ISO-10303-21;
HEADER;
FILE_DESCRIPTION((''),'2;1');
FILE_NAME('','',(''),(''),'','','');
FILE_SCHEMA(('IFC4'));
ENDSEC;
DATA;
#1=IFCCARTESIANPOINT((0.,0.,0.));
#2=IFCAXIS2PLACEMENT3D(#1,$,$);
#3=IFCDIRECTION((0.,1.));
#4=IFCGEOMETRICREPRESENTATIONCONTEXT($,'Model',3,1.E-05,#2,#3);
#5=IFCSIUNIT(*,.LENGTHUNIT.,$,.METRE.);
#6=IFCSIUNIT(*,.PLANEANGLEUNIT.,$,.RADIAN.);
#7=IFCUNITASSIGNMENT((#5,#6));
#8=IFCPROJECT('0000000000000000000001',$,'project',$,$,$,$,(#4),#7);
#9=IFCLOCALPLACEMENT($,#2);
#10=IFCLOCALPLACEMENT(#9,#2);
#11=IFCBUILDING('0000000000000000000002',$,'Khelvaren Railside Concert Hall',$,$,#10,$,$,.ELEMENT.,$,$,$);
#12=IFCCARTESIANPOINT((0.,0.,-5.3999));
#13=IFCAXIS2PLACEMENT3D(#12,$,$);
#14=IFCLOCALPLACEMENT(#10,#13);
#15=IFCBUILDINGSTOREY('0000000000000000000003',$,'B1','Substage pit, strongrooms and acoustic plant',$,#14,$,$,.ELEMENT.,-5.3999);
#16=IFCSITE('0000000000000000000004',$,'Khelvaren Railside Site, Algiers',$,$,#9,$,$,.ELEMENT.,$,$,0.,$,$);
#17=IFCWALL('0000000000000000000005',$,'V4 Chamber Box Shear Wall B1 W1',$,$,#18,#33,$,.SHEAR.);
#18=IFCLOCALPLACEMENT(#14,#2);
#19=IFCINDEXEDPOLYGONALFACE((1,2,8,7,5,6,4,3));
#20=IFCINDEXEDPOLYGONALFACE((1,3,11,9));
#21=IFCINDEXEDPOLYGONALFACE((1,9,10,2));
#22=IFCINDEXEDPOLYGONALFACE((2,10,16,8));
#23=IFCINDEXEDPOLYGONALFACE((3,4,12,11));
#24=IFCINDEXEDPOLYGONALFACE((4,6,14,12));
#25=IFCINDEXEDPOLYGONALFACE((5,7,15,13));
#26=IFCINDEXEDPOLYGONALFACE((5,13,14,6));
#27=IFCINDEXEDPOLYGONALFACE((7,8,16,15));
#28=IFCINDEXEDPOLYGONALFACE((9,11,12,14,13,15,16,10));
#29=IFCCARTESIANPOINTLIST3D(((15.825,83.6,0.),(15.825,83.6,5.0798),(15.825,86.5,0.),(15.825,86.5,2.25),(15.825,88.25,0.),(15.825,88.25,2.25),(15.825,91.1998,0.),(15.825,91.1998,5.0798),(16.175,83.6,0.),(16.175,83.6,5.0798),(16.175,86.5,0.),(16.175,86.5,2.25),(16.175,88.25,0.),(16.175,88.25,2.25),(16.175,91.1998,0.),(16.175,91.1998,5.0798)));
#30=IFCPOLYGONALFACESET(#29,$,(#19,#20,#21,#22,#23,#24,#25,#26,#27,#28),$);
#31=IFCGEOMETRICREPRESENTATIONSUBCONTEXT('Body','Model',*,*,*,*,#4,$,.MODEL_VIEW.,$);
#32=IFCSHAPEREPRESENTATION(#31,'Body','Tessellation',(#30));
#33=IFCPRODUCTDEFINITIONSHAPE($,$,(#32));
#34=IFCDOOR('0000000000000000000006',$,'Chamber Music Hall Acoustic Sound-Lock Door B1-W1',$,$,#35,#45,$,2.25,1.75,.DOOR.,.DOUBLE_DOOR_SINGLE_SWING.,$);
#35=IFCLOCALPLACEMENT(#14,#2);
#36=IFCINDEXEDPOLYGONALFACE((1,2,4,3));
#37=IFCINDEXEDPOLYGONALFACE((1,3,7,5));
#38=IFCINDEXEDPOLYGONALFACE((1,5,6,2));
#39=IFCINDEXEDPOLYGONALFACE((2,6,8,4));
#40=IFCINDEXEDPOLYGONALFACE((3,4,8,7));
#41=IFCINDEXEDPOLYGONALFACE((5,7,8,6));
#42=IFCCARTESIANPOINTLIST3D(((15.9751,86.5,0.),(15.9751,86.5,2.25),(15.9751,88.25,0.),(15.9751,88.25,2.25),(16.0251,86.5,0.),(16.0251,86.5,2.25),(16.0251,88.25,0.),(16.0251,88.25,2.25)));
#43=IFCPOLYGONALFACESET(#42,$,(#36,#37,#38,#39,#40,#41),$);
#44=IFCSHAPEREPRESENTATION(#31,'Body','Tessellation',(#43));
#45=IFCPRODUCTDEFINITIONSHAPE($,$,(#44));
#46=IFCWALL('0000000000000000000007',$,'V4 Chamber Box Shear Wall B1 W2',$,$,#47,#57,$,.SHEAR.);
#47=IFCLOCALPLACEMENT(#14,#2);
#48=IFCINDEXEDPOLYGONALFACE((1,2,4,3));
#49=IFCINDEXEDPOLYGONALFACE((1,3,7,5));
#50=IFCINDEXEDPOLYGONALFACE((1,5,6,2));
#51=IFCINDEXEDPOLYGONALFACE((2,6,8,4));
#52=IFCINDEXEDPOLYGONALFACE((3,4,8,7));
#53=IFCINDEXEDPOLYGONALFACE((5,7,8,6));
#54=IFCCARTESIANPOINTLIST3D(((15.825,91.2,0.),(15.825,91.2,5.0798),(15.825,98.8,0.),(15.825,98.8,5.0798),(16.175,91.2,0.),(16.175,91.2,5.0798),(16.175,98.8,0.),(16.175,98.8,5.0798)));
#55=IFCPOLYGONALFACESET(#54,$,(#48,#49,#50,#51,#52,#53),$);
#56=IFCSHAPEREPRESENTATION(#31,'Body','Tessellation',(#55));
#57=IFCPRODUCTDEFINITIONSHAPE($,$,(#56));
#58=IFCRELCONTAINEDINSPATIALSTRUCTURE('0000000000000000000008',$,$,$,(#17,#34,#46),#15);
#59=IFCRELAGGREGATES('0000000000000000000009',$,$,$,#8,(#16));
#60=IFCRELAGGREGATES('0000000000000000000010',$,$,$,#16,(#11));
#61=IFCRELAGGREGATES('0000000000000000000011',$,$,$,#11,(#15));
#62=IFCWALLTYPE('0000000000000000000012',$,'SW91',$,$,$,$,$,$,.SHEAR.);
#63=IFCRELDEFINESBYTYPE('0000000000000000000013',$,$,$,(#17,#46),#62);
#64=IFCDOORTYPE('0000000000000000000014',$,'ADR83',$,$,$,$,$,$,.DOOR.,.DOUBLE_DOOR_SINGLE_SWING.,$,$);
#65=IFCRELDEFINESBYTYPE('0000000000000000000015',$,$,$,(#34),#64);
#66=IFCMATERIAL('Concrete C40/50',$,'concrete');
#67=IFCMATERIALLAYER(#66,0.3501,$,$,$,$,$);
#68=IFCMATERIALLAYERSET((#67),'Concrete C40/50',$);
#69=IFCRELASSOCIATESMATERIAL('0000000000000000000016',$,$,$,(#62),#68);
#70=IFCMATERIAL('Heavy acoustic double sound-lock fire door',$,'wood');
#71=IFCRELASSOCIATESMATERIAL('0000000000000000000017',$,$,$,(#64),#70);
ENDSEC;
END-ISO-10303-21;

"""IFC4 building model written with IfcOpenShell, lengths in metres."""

from ifc_helpers import new_model, si_unit, direction, frame, frame_2d, origin, place, context, subcontext, project, spatial, rectangle, extrude, material, layer, layer_set, type_object, element, fill, save


model = new_model("IFC4")

# Units and contexts
model_context = context("Model", 3, precision=1e-05, world=origin(), true_north=direction((0.0, 1.0)))
body_context = subcontext(model_context, "Body", "Model", "MODEL_VIEW")
ifc_project = project(units=[si_unit("LENGTHUNIT", "METRE"), si_unit("PLANEANGLEUNIT", "RADIAN")], contexts=[model_context])

# Site, building, storey
site_placement = place(None, origin())
site = spatial("IfcSite", under=ifc_project, at=site_placement, Name="Khelvaren Railside Site, Algiers", CompositionType="ELEMENT", RefElevation=0.0)
building_placement = place(site_placement, origin())
building = spatial("IfcBuilding", under=site, at=building_placement, Name="Khelvaren Railside Concert Hall", CompositionType="ELEMENT")
storey_placement = place(building_placement, frame((0.0, 0.0, -5.3999)))
storey = spatial("IfcBuildingStorey", under=building, at=storey_placement, Name="B1", Description="Substage pit, strongrooms and acoustic plant", CompositionType="ELEMENT", Elevation=-5.3999)

# Shared definitions
ifc_material_1 = material(Name="Concrete C40/50", Category="concrete")

# Shared definitions
ifc_layer_1 = layer(ifc_material_1, 0.3501)
ifc_layer_set_1 = layer_set([ifc_layer_1], Name="Concrete C40/50")
wall_type_1 = type_object("IfcWallType", Name="SW91", PredefinedType="SHEAR", material=ifc_layer_set_1)
ifc_material_2 = material(Name="Heavy acoustic double sound-lock fire door", Category="wood")
door_type = type_object("IfcDoorType", Name="ADR83", OperationType="DOUBLE_DOOR_SINGLE_SWING", PredefinedType="DOOR", material=ifc_material_2)

# Wall, opening, door
wall_1_placement = place(storey_placement, frame((16.0, 83.6001, 0.0), z_axis=(0.0, 0.0, 1.0), x_axis=(0.0, 1.0, 0.0)))
wall_1 = element("IfcWall", 1, at=wall_1_placement, inside=storey, type_object=wall_type_1, Name="V4 Chamber Box Shear Wall B1 W1", PredefinedType="SHEAR", context=body_context, shape_type="SweptSolid", body=[
    extrude(rectangle(XDim=7.5999, YDim=0.3501, at=frame_2d((3.7998, 0.0))), origin(), (0.0, 0.0, 1.0), 5.0798),
])
opening_1_placement = place(wall_1_placement, frame((2.8999, 0.0, 0.0)))
opening_1 = element("IfcOpeningElement", 2, at=opening_1_placement, cuts=wall_1, PredefinedType="OPENING", context=body_context, shape_type="SweptSolid", body=[
    extrude(rectangle(XDim=1.75, YDim=2.25, at=frame_2d((0.875, 1.125))), frame((0.0, 0.1851, 0.0), z_axis=(0.0, -1.0, 0.0), x_axis=(1.0, 0.0, 0.0)), (0.0, 0.0, 1.0), 0.3701),
])
door_1_placement = place(opening_1_placement, origin())
door_1 = element("IfcDoor", 3, at=door_1_placement, inside=storey, type_object=door_type, Name="Chamber Music Hall Acoustic Sound-Lock Door B1-W1", OperationType="DOUBLE_DOOR_SINGLE_SWING", OverallHeight=2.25, OverallWidth=1.75, PredefinedType="DOOR", context=body_context, shape_type="SweptSolid", body=[
    extrude(rectangle(XDim=1.75, YDim=2.25, at=frame_2d((0.875, 1.125))), frame((0.0, 0.0249, 0.0), z_axis=(0.0, -1.0, 0.0), x_axis=(1.0, 0.0, 0.0)), (0.0, 0.0, 1.0), 0.05),
])
fill(opening_1, door_1)

# Wall
wall_2_placement = place(storey_placement, frame((16.0, 91.2, 0.0), z_axis=(0.0, 0.0, 1.0), x_axis=(0.0, 1.0, 0.0)))
element("IfcWall", 4, at=wall_2_placement, inside=storey, type_object=wall_type_1, Name="V4 Chamber Box Shear Wall B1 W2", PredefinedType="SHEAR", context=body_context, shape_type="SweptSolid", body=[
    extrude(rectangle(XDim=7.6001, YDim=0.3501, at=frame_2d((3.8, 0.0))), origin(), (0.0, 0.0, 1.0), 5.0798),
])

save(model, "model.ifc")
